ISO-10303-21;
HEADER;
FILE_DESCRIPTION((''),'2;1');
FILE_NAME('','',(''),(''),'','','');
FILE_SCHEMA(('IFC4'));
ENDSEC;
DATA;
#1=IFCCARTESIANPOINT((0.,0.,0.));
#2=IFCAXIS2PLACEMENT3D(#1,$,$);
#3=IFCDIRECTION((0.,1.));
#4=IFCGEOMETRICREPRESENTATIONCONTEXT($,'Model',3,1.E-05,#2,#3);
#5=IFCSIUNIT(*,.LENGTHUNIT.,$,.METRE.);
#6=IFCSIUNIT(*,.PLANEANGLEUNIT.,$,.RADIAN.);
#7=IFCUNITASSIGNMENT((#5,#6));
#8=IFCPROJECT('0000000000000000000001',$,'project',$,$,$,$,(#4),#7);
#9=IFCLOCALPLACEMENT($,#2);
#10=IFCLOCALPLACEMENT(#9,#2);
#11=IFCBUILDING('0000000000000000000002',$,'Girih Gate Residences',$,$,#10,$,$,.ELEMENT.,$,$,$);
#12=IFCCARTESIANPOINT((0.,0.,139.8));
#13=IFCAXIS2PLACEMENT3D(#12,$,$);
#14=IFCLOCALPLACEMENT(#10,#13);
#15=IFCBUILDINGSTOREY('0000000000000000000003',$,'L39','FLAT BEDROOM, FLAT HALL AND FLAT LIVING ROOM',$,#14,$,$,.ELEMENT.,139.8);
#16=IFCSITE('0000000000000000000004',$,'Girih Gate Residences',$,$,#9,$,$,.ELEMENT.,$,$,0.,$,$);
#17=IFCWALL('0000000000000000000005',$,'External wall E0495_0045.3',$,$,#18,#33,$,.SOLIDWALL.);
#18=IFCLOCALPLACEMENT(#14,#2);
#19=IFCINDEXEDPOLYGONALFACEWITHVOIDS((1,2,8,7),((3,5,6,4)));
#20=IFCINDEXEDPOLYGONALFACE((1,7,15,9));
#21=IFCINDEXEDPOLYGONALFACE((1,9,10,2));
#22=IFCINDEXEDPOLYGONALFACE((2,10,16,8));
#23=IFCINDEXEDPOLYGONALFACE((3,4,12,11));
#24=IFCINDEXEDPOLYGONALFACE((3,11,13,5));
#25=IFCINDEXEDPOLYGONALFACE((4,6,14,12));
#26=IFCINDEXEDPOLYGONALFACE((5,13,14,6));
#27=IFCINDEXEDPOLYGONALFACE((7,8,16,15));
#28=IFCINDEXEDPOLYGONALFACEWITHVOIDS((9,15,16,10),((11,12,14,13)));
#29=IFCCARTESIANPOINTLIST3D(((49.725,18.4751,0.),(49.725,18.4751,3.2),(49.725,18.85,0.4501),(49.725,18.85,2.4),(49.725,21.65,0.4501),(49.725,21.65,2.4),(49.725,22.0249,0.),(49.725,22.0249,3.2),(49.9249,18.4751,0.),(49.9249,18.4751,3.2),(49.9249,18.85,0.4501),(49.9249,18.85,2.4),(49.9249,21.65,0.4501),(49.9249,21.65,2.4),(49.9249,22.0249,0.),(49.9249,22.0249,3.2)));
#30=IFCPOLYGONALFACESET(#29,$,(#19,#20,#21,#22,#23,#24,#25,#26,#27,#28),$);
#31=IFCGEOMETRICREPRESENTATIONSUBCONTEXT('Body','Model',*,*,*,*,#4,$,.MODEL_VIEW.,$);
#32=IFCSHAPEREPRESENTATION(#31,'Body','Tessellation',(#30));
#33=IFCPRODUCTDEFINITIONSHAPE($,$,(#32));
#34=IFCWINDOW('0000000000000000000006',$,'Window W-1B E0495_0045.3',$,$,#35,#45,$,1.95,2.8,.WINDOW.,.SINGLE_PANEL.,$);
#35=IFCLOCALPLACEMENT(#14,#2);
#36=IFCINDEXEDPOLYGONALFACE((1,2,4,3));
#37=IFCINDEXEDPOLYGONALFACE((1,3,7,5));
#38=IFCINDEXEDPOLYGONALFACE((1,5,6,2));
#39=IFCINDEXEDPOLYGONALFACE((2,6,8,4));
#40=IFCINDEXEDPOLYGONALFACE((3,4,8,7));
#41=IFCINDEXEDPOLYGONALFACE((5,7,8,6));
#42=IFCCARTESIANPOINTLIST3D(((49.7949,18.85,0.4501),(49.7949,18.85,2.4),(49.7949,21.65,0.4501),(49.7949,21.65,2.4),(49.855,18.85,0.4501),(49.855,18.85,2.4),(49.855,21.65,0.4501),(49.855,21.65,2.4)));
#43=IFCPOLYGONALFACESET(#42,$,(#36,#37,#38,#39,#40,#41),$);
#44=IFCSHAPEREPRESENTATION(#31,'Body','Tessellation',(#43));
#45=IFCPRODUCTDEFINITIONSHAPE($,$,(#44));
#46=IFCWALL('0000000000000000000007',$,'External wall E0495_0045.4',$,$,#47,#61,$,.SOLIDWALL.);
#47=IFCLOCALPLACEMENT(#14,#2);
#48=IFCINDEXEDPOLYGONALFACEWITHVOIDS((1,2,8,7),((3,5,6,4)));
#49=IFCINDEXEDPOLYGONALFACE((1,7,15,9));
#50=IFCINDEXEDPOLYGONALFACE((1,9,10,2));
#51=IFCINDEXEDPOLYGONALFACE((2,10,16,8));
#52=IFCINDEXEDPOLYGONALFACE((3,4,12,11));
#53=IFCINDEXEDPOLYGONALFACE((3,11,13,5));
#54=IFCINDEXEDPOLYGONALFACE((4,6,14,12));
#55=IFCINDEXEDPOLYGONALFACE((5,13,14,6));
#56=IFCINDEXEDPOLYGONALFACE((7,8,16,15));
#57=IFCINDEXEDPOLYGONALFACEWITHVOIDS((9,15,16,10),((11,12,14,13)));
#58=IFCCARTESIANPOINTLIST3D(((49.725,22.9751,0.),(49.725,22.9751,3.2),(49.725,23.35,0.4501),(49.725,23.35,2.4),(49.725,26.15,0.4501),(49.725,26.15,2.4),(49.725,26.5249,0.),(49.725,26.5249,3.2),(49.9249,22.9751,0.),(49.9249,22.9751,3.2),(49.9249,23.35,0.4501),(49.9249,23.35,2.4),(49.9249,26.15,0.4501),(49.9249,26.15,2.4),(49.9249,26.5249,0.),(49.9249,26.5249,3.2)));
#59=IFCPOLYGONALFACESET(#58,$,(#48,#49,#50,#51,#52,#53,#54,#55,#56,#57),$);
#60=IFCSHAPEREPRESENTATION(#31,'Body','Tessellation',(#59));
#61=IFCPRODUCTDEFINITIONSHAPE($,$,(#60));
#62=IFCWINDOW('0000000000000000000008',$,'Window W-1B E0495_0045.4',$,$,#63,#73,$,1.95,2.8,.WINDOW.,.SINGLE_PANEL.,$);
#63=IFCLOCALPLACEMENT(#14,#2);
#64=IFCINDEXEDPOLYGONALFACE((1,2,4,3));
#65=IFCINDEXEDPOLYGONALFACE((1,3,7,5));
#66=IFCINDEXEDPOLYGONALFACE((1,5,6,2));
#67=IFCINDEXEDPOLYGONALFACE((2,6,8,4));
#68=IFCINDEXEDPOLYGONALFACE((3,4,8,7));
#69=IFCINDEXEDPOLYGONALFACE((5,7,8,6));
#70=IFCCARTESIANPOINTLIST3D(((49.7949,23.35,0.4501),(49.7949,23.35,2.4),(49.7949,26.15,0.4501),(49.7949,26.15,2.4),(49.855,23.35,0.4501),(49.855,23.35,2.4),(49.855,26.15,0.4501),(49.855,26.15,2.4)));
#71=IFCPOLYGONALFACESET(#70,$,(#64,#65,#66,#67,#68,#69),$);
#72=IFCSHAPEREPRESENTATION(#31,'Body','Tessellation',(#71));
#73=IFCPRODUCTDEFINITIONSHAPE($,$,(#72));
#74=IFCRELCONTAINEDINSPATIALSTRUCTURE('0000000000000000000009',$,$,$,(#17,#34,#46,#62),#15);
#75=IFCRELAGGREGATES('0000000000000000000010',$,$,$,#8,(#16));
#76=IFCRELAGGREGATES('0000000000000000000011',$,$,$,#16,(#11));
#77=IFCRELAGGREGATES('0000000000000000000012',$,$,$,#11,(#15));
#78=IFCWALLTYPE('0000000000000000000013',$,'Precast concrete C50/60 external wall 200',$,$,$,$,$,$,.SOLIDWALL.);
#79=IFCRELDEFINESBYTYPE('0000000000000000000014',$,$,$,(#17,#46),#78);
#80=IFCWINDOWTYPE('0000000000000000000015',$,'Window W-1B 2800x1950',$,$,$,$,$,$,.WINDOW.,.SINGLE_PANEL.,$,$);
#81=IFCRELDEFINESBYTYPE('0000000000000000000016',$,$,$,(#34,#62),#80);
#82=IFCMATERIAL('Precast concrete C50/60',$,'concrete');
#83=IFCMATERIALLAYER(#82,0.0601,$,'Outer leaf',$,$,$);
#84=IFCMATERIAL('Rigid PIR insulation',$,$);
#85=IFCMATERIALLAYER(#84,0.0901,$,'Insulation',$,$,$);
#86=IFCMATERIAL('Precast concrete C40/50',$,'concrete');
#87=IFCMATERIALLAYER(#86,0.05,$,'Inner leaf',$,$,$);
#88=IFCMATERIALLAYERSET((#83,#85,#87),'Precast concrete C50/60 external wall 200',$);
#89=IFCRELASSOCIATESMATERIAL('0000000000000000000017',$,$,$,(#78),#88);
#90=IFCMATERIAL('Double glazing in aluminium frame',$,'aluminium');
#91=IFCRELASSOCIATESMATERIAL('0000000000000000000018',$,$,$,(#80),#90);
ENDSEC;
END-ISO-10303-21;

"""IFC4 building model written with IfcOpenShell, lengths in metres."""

from ifc_helpers import new_model, si_unit, direction, frame, frame_2d, origin, place, context, subcontext, project, spatial, rectangle, extrude, material, layer, layer_set, type_object, element, fill, save


model = new_model("IFC4")

# Units and contexts
model_context = context("Model", 3, precision=1e-05, world=origin(), true_north=direction((0.0, 1.0)))
body_context = subcontext(model_context, "Body", "Model", "MODEL_VIEW")
ifc_project = project(units=[si_unit("LENGTHUNIT", "METRE"), si_unit("PLANEANGLEUNIT", "RADIAN")], contexts=[model_context])

# Site, building, storey
site_placement = place(None, origin())
site = spatial("IfcSite", under=ifc_project, at=site_placement, Name="Girih Gate Residences", CompositionType="ELEMENT", RefElevation=0.0)
building_placement = place(site_placement, origin())
building = spatial("IfcBuilding", under=site, at=building_placement, Name="Girih Gate Residences", CompositionType="ELEMENT")
storey_placement = place(building_placement, frame((0.0, 0.0, 139.8)))
storey = spatial("IfcBuildingStorey", under=building, at=storey_placement, Name="L39", Description="FLAT BEDROOM, FLAT HALL AND FLAT LIVING ROOM", CompositionType="ELEMENT", Elevation=139.8)

# Walls, openings, windows
ifc_material_1 = material(Name="Precast concrete C50/60", Category="concrete")
ifc_layer_1 = layer(ifc_material_1, 0.0601, Name="Outer leaf")
ifc_material_2 = material(Name="Rigid PIR insulation")
ifc_layer_2 = layer(ifc_material_2, 0.0901, Name="Insulation")
ifc_material_3 = material(Name="Precast concrete C40/50", Category="concrete")
ifc_layer_3 = layer(ifc_material_3, 0.05, Name="Inner leaf")
ifc_layer_set_1 = layer_set([ifc_layer_1, ifc_layer_2, ifc_layer_3], Name="Precast concrete C50/60 external wall 200")
wall_type_1 = type_object("IfcWallType", Name="Precast concrete C50/60 external wall 200", PredefinedType="SOLIDWALL", material=ifc_layer_set_1)
ifc_material_4 = material(Name="Double glazing in aluminium frame", Category="aluminium")
window_type = type_object("IfcWindowType", Name="Window W-1B 2800x1950", PartitioningType="SINGLE_PANEL", PredefinedType="WINDOW", material=ifc_material_4)
wall_1_placement = place(storey_placement, frame((49.825, 22.0249, 0.0), z_axis=(0.0, 0.0, 1.0), x_axis=(0.0, -1.0, 0.0)))
wall_1 = element("IfcWall", 1, at=wall_1_placement, inside=storey, type_object=wall_type_1, Name="External wall E0495_0045.3", PredefinedType="SOLIDWALL", context=body_context, shape_type="SweptSolid", body=[
    extrude(rectangle(XDim=3.5498, YDim=0.2, at=frame_2d((1.7749, 0.0))), origin(), (0.0, 0.0, 1.0), 3.2),
])
opening_1_placement = place(wall_1_placement, frame((0.375, 0.0, 0.45)))
opening_1 = element("IfcOpeningElement", 2, at=opening_1_placement, cuts=wall_1, PredefinedType="OPENING", context=body_context, shape_type="SweptSolid", body=[
    extrude(rectangle(XDim=2.8, YDim=1.95, at=frame_2d((1.3999, 0.9751))), frame((0.0, 0.1099, 0.0), z_axis=(0.0, -1.0, 0.0), x_axis=(1.0, 0.0, 0.0)), (0.0, 0.0, 1.0), 0.22),
])
window_1_placement = place(opening_1_placement, origin())
window_1 = element("IfcWindow", 3, at=window_1_placement, inside=storey, type_object=window_type, Name="Window W-1B E0495_0045.3", OverallHeight=1.95, OverallWidth=2.8, PartitioningType="SINGLE_PANEL", PredefinedType="WINDOW", context=body_context, shape_type="SweptSolid", body=[
    extrude(rectangle(XDim=2.8, YDim=1.95, at=frame_2d((1.3999, 0.9751))), frame((0.0, 0.03, 0.0), z_axis=(0.0, -1.0, 0.0), x_axis=(1.0, 0.0, 0.0)), (0.0, 0.0, 1.0), 0.0601),
])
fill(opening_1, window_1)
wall_2_placement = place(storey_placement, frame((49.825, 26.5249, 0.0), z_axis=(0.0, 0.0, 1.0), x_axis=(0.0, -1.0, 0.0)))
wall_2 = element("IfcWall", 4, at=wall_2_placement, inside=storey, type_object=wall_type_1, Name="External wall E0495_0045.4", PredefinedType="SOLIDWALL", context=body_context, shape_type="SweptSolid", body=[
    extrude(rectangle(XDim=3.5498, YDim=0.2, at=frame_2d((1.7749, 0.0))), origin(), (0.0, 0.0, 1.0), 3.2),
])
opening_2_placement = place(wall_2_placement, frame((0.375, 0.0, 0.45)))
opening_2 = element("IfcOpeningElement", 5, at=opening_2_placement, cuts=wall_2, PredefinedType="OPENING", context=body_context, shape_type="SweptSolid", body=[
    extrude(rectangle(XDim=2.8, YDim=1.95, at=frame_2d((1.3999, 0.9751))), frame((0.0, 0.1099, 0.0), z_axis=(0.0, -1.0, 0.0), x_axis=(1.0, 0.0, 0.0)), (0.0, 0.0, 1.0), 0.22),
])
window_2_placement = place(opening_2_placement, origin())
window_2 = element("IfcWindow", 6, at=window_2_placement, inside=storey, type_object=window_type, Name="Window W-1B E0495_0045.4", OverallHeight=1.95, OverallWidth=2.8, PartitioningType="SINGLE_PANEL", PredefinedType="WINDOW", context=body_context, shape_type="SweptSolid", body=[
    extrude(rectangle(XDim=2.8, YDim=1.95, at=frame_2d((1.3999, 0.9751))), frame((0.0, 0.03, 0.0), z_axis=(0.0, -1.0, 0.0), x_axis=(1.0, 0.0, 0.0)), (0.0, 0.0, 1.0), 0.0601),
])
fill(opening_2, window_2)

save(model, "model.ifc")
